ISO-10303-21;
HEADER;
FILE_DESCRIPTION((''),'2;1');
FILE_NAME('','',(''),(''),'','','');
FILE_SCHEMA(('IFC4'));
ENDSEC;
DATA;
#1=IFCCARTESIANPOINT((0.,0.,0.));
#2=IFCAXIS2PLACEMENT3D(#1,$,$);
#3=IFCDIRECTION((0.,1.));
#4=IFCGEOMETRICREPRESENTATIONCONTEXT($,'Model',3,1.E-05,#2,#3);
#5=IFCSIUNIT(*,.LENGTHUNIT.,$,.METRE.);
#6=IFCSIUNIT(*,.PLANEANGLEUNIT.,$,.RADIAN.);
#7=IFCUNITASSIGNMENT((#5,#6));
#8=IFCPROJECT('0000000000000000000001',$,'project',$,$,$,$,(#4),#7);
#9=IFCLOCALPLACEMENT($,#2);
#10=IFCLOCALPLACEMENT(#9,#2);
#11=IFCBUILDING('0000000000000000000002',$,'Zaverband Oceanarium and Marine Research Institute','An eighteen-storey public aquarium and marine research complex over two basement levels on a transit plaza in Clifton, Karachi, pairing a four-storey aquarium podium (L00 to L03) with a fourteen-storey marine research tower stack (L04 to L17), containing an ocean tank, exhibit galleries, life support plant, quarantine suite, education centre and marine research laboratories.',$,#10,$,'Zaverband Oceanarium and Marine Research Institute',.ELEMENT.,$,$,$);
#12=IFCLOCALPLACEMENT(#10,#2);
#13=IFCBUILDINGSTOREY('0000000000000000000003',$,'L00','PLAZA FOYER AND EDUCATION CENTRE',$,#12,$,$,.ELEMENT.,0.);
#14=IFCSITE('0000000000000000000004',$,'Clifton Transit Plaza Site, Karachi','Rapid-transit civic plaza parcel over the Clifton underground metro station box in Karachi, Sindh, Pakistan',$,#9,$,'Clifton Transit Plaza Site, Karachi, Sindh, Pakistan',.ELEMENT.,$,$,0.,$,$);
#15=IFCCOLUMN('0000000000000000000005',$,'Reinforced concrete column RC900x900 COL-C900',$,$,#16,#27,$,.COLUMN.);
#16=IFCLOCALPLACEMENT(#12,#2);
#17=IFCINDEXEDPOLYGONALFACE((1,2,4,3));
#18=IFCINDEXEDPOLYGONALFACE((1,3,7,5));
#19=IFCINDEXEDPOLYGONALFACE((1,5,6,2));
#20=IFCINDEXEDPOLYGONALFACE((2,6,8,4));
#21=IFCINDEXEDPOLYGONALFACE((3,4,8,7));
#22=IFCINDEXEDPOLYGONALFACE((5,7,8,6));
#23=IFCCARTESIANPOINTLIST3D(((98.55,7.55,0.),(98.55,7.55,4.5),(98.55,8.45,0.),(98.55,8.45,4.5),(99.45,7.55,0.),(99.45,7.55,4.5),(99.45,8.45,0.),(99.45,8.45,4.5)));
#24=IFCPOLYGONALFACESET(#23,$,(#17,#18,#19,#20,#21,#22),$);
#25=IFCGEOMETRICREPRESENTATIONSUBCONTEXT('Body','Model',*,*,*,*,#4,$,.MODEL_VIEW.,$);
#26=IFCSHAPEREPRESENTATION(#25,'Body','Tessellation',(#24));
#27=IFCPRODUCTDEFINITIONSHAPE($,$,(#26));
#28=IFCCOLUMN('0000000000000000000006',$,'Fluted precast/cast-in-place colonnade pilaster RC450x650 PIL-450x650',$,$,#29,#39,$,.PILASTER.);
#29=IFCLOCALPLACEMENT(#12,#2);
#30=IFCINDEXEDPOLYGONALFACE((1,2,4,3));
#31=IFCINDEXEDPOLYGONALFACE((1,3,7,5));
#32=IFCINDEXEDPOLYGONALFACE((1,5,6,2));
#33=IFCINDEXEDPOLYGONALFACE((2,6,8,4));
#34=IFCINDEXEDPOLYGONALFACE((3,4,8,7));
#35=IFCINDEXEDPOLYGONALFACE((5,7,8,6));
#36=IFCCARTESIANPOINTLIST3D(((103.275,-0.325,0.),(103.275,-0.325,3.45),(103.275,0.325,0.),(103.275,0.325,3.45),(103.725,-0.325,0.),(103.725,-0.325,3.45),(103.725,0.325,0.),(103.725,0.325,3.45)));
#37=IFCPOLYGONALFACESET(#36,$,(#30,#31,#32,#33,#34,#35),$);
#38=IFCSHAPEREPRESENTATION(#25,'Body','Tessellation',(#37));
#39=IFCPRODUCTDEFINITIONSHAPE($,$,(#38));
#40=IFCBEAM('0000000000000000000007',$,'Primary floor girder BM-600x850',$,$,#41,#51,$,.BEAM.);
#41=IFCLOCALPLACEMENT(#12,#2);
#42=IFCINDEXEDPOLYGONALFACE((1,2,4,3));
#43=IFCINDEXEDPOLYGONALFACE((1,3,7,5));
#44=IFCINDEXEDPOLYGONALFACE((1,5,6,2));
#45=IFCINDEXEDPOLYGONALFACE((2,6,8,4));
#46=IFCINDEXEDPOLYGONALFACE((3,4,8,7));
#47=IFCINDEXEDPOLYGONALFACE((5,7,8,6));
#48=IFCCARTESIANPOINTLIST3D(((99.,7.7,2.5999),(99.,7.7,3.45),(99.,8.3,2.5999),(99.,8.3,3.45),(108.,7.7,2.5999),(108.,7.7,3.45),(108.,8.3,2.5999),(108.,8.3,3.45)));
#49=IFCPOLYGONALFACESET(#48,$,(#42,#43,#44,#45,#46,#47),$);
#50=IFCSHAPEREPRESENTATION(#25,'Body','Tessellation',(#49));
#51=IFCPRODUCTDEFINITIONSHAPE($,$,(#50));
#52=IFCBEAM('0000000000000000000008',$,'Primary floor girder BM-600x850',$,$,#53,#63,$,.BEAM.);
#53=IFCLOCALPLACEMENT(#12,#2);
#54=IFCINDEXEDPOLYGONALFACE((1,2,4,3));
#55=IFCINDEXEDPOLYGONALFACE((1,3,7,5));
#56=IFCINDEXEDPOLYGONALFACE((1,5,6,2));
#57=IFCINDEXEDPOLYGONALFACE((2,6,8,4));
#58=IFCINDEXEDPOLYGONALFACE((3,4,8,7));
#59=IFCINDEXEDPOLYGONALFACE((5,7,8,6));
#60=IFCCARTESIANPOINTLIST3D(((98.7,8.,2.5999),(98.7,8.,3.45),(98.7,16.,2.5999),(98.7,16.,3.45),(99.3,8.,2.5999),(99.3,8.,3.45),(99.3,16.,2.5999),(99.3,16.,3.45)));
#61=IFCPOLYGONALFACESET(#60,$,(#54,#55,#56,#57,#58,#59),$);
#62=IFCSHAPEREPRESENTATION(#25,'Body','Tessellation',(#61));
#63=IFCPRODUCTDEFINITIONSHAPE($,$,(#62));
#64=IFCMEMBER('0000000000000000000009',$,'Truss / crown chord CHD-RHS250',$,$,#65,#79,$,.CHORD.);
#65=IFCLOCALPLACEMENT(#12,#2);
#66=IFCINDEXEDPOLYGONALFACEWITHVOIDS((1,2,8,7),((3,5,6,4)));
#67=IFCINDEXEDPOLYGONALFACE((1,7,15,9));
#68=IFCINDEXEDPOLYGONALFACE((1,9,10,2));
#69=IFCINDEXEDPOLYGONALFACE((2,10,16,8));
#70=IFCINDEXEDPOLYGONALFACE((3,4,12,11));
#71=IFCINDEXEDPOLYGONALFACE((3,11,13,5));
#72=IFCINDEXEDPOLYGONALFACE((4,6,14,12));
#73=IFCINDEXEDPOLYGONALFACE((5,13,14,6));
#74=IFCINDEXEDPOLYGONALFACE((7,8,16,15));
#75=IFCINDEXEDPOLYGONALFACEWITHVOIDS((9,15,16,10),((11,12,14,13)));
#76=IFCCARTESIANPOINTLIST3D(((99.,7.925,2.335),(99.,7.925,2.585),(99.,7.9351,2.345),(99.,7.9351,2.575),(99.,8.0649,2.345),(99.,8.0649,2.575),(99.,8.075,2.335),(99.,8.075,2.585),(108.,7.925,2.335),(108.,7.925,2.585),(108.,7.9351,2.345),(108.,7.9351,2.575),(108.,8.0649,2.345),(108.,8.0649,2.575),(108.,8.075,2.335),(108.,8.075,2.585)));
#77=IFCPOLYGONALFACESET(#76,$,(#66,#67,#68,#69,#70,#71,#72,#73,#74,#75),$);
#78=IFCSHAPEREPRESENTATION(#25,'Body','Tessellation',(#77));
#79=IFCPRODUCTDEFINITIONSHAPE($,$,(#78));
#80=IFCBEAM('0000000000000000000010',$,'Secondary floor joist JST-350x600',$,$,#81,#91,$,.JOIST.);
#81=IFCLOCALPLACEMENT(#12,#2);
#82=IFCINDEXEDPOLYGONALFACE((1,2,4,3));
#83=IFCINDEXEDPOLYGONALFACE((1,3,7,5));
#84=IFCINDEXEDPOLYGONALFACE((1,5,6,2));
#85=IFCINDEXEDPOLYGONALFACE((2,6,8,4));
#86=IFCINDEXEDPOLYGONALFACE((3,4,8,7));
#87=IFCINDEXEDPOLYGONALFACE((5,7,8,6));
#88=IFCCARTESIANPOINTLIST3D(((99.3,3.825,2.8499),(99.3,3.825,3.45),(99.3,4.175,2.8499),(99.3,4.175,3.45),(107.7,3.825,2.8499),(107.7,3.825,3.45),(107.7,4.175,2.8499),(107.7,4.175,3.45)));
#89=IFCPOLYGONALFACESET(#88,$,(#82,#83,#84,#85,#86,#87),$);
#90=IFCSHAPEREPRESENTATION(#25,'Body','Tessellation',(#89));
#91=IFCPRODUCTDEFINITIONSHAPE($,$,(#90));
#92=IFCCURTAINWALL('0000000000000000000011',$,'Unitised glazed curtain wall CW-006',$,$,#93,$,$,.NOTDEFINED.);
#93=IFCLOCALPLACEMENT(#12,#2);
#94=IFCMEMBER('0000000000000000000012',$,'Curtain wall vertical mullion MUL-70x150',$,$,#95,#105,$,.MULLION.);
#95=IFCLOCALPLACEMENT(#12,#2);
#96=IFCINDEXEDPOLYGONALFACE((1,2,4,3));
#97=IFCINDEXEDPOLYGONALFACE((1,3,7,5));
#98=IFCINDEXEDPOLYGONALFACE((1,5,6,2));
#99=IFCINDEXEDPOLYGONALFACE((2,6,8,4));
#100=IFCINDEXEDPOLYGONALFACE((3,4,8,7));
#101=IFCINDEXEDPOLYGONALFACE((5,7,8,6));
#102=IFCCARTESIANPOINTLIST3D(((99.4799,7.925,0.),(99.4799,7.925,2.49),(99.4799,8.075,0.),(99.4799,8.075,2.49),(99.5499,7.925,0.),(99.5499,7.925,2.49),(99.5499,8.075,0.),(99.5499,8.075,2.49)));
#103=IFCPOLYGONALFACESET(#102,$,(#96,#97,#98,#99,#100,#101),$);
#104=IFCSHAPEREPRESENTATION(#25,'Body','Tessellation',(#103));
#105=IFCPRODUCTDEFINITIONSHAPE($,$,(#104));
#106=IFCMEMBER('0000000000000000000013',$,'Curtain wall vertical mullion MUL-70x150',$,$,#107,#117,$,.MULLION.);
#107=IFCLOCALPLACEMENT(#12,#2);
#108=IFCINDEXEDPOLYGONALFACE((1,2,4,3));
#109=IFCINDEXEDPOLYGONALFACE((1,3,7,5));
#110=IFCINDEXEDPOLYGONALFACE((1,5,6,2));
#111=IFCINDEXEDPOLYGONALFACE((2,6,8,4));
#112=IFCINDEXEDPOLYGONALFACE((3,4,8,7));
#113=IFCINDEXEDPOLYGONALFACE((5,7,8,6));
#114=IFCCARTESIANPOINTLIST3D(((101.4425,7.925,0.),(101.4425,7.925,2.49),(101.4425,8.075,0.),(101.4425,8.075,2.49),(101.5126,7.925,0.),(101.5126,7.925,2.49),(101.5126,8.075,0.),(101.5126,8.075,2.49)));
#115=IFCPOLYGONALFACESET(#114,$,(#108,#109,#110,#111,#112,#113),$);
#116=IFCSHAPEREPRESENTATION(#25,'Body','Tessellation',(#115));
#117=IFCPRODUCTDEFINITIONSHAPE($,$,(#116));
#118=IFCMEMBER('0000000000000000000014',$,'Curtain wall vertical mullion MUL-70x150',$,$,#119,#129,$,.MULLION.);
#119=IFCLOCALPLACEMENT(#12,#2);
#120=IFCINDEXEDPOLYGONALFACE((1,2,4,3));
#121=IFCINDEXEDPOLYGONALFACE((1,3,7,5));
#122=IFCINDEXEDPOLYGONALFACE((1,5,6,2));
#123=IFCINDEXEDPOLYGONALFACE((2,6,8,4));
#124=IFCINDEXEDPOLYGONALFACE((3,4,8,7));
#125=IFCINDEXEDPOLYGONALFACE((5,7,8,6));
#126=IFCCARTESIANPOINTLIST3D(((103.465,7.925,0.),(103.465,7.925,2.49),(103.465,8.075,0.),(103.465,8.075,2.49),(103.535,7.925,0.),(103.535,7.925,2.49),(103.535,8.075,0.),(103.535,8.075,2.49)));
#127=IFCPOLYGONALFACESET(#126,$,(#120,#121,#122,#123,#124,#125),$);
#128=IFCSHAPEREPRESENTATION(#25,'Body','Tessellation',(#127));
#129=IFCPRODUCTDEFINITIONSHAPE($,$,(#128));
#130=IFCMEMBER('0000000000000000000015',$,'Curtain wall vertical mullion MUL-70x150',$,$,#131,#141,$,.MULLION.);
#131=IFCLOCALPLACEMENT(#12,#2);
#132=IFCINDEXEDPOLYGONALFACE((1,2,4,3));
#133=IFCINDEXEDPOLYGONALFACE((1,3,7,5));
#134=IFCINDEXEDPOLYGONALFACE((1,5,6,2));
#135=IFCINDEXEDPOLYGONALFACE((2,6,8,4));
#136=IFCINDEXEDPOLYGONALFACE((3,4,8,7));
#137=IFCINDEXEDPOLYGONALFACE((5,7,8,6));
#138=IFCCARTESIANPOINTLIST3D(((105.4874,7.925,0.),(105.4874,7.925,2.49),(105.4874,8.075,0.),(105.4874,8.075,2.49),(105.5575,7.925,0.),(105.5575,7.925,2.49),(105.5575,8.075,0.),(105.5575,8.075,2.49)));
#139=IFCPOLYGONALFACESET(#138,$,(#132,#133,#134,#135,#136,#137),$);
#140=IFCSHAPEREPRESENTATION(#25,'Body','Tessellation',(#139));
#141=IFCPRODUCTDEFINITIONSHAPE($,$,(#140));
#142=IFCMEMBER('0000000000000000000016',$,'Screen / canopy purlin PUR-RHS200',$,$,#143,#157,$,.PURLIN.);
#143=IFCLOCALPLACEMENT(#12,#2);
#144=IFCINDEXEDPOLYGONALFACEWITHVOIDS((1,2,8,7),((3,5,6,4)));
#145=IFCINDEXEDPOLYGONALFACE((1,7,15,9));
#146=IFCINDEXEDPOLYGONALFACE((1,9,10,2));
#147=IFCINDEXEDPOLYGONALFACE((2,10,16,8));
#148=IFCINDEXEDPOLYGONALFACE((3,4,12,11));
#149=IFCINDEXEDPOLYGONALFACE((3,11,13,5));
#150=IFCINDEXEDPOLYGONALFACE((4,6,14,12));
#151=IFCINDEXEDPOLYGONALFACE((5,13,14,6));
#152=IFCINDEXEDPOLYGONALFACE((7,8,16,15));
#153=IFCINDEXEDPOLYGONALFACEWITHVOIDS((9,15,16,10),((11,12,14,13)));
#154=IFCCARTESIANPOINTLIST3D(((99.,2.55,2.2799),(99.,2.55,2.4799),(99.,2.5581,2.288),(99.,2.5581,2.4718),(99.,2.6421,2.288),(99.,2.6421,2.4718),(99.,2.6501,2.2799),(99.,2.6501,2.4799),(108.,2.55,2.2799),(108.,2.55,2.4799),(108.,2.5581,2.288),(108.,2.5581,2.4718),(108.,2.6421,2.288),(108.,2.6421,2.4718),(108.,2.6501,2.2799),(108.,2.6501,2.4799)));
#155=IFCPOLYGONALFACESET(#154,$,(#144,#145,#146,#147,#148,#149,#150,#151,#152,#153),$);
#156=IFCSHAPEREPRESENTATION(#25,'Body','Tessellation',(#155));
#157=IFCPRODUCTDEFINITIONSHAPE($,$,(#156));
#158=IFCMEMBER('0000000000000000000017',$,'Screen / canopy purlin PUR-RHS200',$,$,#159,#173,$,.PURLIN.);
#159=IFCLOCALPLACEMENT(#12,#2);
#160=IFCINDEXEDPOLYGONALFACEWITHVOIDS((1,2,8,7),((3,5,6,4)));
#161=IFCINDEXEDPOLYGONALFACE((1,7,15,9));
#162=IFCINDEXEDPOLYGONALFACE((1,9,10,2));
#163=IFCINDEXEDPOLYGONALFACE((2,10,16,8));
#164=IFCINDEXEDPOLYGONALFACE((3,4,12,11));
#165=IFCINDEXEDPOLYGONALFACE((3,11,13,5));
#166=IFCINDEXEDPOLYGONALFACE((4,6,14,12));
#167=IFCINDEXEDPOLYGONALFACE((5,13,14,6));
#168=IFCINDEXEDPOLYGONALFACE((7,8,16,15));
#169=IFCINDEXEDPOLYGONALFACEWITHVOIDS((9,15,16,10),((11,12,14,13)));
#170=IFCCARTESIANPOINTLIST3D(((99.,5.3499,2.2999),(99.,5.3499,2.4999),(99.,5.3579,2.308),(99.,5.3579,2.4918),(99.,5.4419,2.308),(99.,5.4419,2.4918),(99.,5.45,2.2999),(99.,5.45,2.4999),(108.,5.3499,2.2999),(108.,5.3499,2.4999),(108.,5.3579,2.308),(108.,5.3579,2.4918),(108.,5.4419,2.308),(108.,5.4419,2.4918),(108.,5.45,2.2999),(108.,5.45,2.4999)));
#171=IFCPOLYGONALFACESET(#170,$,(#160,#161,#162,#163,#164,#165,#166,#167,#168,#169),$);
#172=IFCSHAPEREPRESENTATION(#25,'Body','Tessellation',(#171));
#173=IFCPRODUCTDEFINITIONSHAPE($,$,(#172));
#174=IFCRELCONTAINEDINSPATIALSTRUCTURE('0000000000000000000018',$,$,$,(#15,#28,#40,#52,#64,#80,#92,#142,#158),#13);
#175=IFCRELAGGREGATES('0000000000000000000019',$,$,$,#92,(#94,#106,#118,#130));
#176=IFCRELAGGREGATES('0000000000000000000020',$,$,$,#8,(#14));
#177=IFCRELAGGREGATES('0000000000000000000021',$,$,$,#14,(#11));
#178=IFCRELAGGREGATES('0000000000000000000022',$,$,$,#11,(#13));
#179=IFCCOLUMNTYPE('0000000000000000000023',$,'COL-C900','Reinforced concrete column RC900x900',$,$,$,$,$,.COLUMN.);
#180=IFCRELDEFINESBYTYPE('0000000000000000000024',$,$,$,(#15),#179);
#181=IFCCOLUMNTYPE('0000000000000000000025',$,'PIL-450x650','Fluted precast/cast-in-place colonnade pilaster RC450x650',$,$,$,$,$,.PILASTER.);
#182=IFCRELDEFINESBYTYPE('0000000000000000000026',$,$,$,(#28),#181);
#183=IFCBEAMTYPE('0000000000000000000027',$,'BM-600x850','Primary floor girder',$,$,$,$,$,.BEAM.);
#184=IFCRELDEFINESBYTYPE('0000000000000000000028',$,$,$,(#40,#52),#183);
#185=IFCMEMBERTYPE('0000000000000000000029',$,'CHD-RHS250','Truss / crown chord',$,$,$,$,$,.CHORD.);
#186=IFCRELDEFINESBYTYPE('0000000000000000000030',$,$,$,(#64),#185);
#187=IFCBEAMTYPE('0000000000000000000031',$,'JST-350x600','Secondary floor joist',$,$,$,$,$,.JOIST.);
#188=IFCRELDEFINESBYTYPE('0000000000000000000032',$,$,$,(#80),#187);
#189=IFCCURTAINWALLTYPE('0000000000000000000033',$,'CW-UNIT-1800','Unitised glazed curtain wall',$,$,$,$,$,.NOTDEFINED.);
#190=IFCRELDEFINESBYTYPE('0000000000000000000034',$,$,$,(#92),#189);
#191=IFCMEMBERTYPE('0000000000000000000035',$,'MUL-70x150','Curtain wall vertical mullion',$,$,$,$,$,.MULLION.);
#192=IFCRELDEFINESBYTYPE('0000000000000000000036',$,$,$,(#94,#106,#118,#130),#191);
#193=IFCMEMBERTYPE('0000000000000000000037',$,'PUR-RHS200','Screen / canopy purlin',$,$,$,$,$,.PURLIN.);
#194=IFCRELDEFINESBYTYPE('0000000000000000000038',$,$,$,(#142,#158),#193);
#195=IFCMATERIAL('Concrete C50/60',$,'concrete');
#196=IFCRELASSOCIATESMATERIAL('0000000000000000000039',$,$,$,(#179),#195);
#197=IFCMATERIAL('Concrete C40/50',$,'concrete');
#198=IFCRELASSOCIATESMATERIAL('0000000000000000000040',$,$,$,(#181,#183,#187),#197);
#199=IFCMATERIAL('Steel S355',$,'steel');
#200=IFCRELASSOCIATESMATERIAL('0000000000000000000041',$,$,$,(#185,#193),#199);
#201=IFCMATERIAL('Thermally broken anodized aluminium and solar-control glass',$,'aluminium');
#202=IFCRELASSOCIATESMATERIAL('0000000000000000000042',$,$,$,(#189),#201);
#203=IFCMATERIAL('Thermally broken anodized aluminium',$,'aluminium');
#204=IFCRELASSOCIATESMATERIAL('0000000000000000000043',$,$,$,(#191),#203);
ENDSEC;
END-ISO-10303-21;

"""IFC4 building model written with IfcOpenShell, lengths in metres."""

from ifc_helpers import new_model, si_unit, direction, frame, origin, origin_2d, place, context, subcontext, project, spatial, rectangle, hollow_rectangle, extrude, material, material_profile, profile_set, type_object, element, aggregate, save


model = new_model("IFC4")

# Units and contexts
model_context = context("Model", 3, precision=1e-05, world=origin(), true_north=direction((0.0, 1.0)))
body_context = subcontext(model_context, "Body", "Model", "MODEL_VIEW")
ifc_project = project(units=[si_unit("LENGTHUNIT", "METRE"), si_unit("PLANEANGLEUNIT", "RADIAN")], contexts=[model_context])

# Site, building, storey
site_placement = place(None, origin())
site = spatial("IfcSite", under=ifc_project, at=site_placement, Name="Clifton Transit Plaza Site, Karachi", Description="Rapid-transit civic plaza parcel over the Clifton underground metro station box in Karachi, Sindh, Pakistan", LongName="Clifton Transit Plaza Site, Karachi, Sindh, Pakistan", CompositionType="ELEMENT", RefElevation=0.0)
building_placement = place(site_placement, origin())
building = spatial("IfcBuilding", under=site, at=building_placement, Name="Zaverband Oceanarium and Marine Research Institute", Description="An eighteen-storey public aquarium and marine research complex over two basement levels on a transit plaza in Clifton, Karachi, pairing a four-storey aquarium podium (L00 to L03) with a fourteen-storey marine research tower stack (L04 to L17), containing an ocean tank, exhibit galleries, life support plant, quarantine suite, education centre and marine research laboratories.", LongName="Zaverband Oceanarium and Marine Research Institute", CompositionType="ELEMENT")
storey_placement = place(building_placement, origin())
storey = spatial("IfcBuildingStorey", under=building, at=storey_placement, Name="L00", Description="PLAZA FOYER AND EDUCATION CENTRE", CompositionType="ELEMENT", Elevation=0.0)

# Columns
ifc_material_1 = material(Name="Concrete C50/60", Category="concrete")
ifc_material_profile_1 = material_profile(ifc_material_1, rectangle(XDim=0.8999, YDim=0.8999, at=origin_2d()), Name="RC900x900")
ifc_profile_set_1 = profile_set([ifc_material_profile_1], Name="Concrete C50/60")
column_type_1 = type_object("IfcColumnType", Name="COL-C900", Description="Reinforced concrete column RC900x900", PredefinedType="COLUMN", material=ifc_profile_set_1)
column_1_placement = place(storey_placement, frame((99.0, 8.0, 0.0), z_axis=(0.0, 0.0, 1.0), x_axis=(1.0, 0.0, 0.0)))
element("IfcColumn", 1, at=column_1_placement, inside=storey, type_object=column_type_1, Name="Reinforced concrete column RC900x900 COL-C900", PredefinedType="COLUMN", context=body_context, shape_type="SweptSolid", body=[
    extrude(rectangle(XDim=0.8999, YDim=0.8999, at=origin_2d()), origin(), (0.0, 0.0, 1.0), 4.5),
])
ifc_material_2 = material(Name="Concrete C40/50", Category="concrete")
ifc_material_profile_2 = material_profile(ifc_material_2, rectangle(XDim=0.45, YDim=0.6499, at=origin_2d()), Name="RC450x650")
ifc_profile_set_2 = profile_set([ifc_material_profile_2], Name="Concrete C40/50")
column_type_2 = type_object("IfcColumnType", Name="PIL-450x650", Description="Fluted precast/cast-in-place colonnade pilaster RC450x650", PredefinedType="PILASTER", material=ifc_profile_set_2)
column_2_placement = place(storey_placement, frame((103.5, 0.0, 0.0), z_axis=(0.0, 0.0, 1.0), x_axis=(1.0, 0.0, 0.0)))
element("IfcColumn", 2, at=column_2_placement, inside=storey, type_object=column_type_2, Name="Fluted precast/cast-in-place colonnade pilaster RC450x650 PIL-450x650", PredefinedType="PILASTER", context=body_context, shape_type="SweptSolid", body=[
    extrude(rectangle(XDim=0.45, YDim=0.6499, at=origin_2d()), origin(), (0.0, 0.0, 1.0), 3.45),
])

# Beams
ifc_material_profile_3 = material_profile(ifc_material_2, rectangle(XDim=0.6001, YDim=0.8501, at=origin_2d()), Name="RC600x850")
ifc_profile_set_3 = profile_set([ifc_material_profile_3], Name="Concrete C40/50")
beam_type_1 = type_object("IfcBeamType", Name="BM-600x850", Description="Primary floor girder", PredefinedType="BEAM", material=ifc_profile_set_3)
beam_1_placement = place(storey_placement, frame((99.0, 8.0, 3.0249), z_axis=(1.0, 0.0, 0.0), x_axis=(0.0, 1.0, 0.0)))
element("IfcBeam", 3, at=beam_1_placement, inside=storey, type_object=beam_type_1, Name="Primary floor girder BM-600x850", PredefinedType="BEAM", context=body_context, shape_type="SweptSolid", body=[
    extrude(rectangle(XDim=0.6001, YDim=0.8501, at=origin_2d()), origin(), (0.0, 0.0, 1.0), 9.0),
])
beam_2_placement = place(storey_placement, frame((99.0, 8.0, 3.0249), z_axis=(0.0, 1.0, 0.0), x_axis=(-1.0, 0.0, 0.0)))
element("IfcBeam", 4, at=beam_2_placement, inside=storey, type_object=beam_type_1, Name="Primary floor girder BM-600x850", PredefinedType="BEAM", context=body_context, shape_type="SweptSolid", body=[
    extrude(rectangle(XDim=0.6001, YDim=0.8501, at=origin_2d()), origin(), (0.0, 0.0, 1.0), 8.0),
])

# Member
ifc_material_3 = material(Name="Steel S355", Category="steel")
ifc_material_profile_4 = material_profile(ifc_material_3, hollow_rectangle(XDim=0.1499, YDim=0.25, WallThickness=0.01, at=origin_2d()), Name="RHS250x150x10")
ifc_profile_set_4 = profile_set([ifc_material_profile_4], Name="Steel S355")
member_type_1 = type_object("IfcMemberType", Name="CHD-RHS250", Description="Truss / crown chord", PredefinedType="CHORD", material=ifc_profile_set_4)
member_1_placement = place(storey_placement, frame((99.0, 8.0, 2.46), z_axis=(1.0, 0.0, 0.0), x_axis=(0.0, 1.0, 0.0)))
element("IfcMember", 5, at=member_1_placement, inside=storey, type_object=member_type_1, Name="Truss / crown chord CHD-RHS250", PredefinedType="CHORD", context=body_context, shape_type="SweptSolid", body=[
    extrude(hollow_rectangle(XDim=0.1499, YDim=0.25, WallThickness=0.01, at=origin_2d()), origin(), (0.0, 0.0, 1.0), 9.0),
])

# Beam
ifc_material_profile_5 = material_profile(ifc_material_2, rectangle(XDim=0.3501, YDim=0.6001, at=origin_2d()), Name="RC350x600")
ifc_profile_set_5 = profile_set([ifc_material_profile_5], Name="Concrete C40/50")
beam_type_2 = type_object("IfcBeamType", Name="JST-350x600", Description="Secondary floor joist", PredefinedType="JOIST", material=ifc_profile_set_5)
beam_3_placement = place(storey_placement, frame((99.3, 4.0, 3.1499), z_axis=(1.0, 0.0, 0.0), x_axis=(0.0, 1.0, 0.0)))
element("IfcBeam", 6, at=beam_3_placement, inside=storey, type_object=beam_type_2, Name="Secondary floor joist JST-350x600", PredefinedType="JOIST", context=body_context, shape_type="SweptSolid", body=[
    extrude(rectangle(XDim=0.3501, YDim=0.6001, at=origin_2d()), origin(), (0.0, 0.0, 1.0), 8.3999),
])

# Curtain wall, members
ifc_material_4 = material(Name="Thermally broken anodized aluminium and solar-control glass", Category="aluminium")
curtain_wall_type = type_object("IfcCurtainWallType", Name="CW-UNIT-1800", Description="Unitised glazed curtain wall", PredefinedType="NOTDEFINED", material=ifc_material_4)
curtain_wall_placement = place(storey_placement, origin())
curtain_wall = element("IfcCurtainWall", 7, at=curtain_wall_placement, inside=storey, type_object=curtain_wall_type, Name="Unitised glazed curtain wall CW-006", PredefinedType="NOTDEFINED")
ifc_material_5 = material(Name="Thermally broken anodized aluminium", Category="aluminium")
ifc_material_profile_6 = material_profile(ifc_material_5, rectangle(XDim=0.0701, YDim=0.1499, at=origin_2d()), Name="AL-MUL-70x150")
ifc_profile_set_6 = profile_set([ifc_material_profile_6], Name="Thermally broken anodized aluminium")
member_type_2 = type_object("IfcMemberType", Name="MUL-70x150", Description="Curtain wall vertical mullion", PredefinedType="MULLION", material=ifc_profile_set_6)
member_2_placement = place(storey_placement, frame((99.5149, 8.0, 0.0), z_axis=(0.0, 0.0, 1.0), x_axis=(1.0, 0.0, 0.0)))
member_2 = element("IfcMember", 8, at=member_2_placement, type_object=member_type_2, Name="Curtain wall vertical mullion MUL-70x150", PredefinedType="MULLION", context=body_context, shape_type="SweptSolid", body=[
    extrude(rectangle(XDim=0.0701, YDim=0.1499, at=origin_2d()), origin(), (0.0, 0.0, 1.0), 2.49),
])
member_3_placement = place(storey_placement, frame((101.4775, 8.0, 0.0), z_axis=(0.0, 0.0, 1.0), x_axis=(1.0, 0.0, 0.0)))
member_3 = element("IfcMember", 9, at=member_3_placement, type_object=member_type_2, Name="Curtain wall vertical mullion MUL-70x150", PredefinedType="MULLION", context=body_context, shape_type="SweptSolid", body=[
    extrude(rectangle(XDim=0.0701, YDim=0.1499, at=origin_2d()), origin(), (0.0, 0.0, 1.0), 2.49),
])
member_4_placement = place(storey_placement, frame((103.5, 8.0, 0.0), z_axis=(0.0, 0.0, 1.0), x_axis=(1.0, 0.0, 0.0)))
member_4 = element("IfcMember", 10, at=member_4_placement, type_object=member_type_2, Name="Curtain wall vertical mullion MUL-70x150", PredefinedType="MULLION", context=body_context, shape_type="SweptSolid", body=[
    extrude(rectangle(XDim=0.0701, YDim=0.1499, at=origin_2d()), origin(), (0.0, 0.0, 1.0), 2.49),
])
member_5_placement = place(storey_placement, frame((105.5225, 8.0, 0.0), z_axis=(0.0, 0.0, 1.0), x_axis=(1.0, 0.0, 0.0)))
member_5 = element("IfcMember", 11, at=member_5_placement, type_object=member_type_2, Name="Curtain wall vertical mullion MUL-70x150", PredefinedType="MULLION", context=body_context, shape_type="SweptSolid", body=[
    extrude(rectangle(XDim=0.0701, YDim=0.1499, at=origin_2d()), origin(), (0.0, 0.0, 1.0), 2.49),
])

# Members
ifc_material_profile_7 = material_profile(ifc_material_3, hollow_rectangle(XDim=0.1001, YDim=0.2, WallThickness=0.0081, at=origin_2d()), Name="RHS200x100x8")
ifc_profile_set_7 = profile_set([ifc_material_profile_7], Name="Steel S355")
member_type_3 = type_object("IfcMemberType", Name="PUR-RHS200", Description="Screen / canopy purlin", PredefinedType="PURLIN", material=ifc_profile_set_7)
for number, where, z_axis, x_axis, name in (
    (12, (99.0, 2.6001, 2.3799), (1.0, 0.0, 0.0), (0.0, 1.0, 0.0), "Screen / canopy purlin PUR-RHS200"),
    (13, (99.0, 5.3999, 2.3999), (1.0, 0.0, 0.0), (0.0, 1.0, 0.0), "Screen / canopy purlin PUR-RHS200"),
):
    element("IfcMember", number, at=place(storey_placement, frame(where, z_axis=z_axis, x_axis=x_axis)), inside=storey, type_object=member_type_3, Name=name, PredefinedType="PURLIN", context=body_context, shape_type="SweptSolid", body=[
        extrude(hollow_rectangle(XDim=0.1001, YDim=0.2, WallThickness=0.0081, at=origin_2d()), origin(), (0.0, 0.0, 1.0), 9.0),
    ])

aggregate(curtain_wall, [member_2, member_3, member_4, member_5])

save(model, "model.ifc")
